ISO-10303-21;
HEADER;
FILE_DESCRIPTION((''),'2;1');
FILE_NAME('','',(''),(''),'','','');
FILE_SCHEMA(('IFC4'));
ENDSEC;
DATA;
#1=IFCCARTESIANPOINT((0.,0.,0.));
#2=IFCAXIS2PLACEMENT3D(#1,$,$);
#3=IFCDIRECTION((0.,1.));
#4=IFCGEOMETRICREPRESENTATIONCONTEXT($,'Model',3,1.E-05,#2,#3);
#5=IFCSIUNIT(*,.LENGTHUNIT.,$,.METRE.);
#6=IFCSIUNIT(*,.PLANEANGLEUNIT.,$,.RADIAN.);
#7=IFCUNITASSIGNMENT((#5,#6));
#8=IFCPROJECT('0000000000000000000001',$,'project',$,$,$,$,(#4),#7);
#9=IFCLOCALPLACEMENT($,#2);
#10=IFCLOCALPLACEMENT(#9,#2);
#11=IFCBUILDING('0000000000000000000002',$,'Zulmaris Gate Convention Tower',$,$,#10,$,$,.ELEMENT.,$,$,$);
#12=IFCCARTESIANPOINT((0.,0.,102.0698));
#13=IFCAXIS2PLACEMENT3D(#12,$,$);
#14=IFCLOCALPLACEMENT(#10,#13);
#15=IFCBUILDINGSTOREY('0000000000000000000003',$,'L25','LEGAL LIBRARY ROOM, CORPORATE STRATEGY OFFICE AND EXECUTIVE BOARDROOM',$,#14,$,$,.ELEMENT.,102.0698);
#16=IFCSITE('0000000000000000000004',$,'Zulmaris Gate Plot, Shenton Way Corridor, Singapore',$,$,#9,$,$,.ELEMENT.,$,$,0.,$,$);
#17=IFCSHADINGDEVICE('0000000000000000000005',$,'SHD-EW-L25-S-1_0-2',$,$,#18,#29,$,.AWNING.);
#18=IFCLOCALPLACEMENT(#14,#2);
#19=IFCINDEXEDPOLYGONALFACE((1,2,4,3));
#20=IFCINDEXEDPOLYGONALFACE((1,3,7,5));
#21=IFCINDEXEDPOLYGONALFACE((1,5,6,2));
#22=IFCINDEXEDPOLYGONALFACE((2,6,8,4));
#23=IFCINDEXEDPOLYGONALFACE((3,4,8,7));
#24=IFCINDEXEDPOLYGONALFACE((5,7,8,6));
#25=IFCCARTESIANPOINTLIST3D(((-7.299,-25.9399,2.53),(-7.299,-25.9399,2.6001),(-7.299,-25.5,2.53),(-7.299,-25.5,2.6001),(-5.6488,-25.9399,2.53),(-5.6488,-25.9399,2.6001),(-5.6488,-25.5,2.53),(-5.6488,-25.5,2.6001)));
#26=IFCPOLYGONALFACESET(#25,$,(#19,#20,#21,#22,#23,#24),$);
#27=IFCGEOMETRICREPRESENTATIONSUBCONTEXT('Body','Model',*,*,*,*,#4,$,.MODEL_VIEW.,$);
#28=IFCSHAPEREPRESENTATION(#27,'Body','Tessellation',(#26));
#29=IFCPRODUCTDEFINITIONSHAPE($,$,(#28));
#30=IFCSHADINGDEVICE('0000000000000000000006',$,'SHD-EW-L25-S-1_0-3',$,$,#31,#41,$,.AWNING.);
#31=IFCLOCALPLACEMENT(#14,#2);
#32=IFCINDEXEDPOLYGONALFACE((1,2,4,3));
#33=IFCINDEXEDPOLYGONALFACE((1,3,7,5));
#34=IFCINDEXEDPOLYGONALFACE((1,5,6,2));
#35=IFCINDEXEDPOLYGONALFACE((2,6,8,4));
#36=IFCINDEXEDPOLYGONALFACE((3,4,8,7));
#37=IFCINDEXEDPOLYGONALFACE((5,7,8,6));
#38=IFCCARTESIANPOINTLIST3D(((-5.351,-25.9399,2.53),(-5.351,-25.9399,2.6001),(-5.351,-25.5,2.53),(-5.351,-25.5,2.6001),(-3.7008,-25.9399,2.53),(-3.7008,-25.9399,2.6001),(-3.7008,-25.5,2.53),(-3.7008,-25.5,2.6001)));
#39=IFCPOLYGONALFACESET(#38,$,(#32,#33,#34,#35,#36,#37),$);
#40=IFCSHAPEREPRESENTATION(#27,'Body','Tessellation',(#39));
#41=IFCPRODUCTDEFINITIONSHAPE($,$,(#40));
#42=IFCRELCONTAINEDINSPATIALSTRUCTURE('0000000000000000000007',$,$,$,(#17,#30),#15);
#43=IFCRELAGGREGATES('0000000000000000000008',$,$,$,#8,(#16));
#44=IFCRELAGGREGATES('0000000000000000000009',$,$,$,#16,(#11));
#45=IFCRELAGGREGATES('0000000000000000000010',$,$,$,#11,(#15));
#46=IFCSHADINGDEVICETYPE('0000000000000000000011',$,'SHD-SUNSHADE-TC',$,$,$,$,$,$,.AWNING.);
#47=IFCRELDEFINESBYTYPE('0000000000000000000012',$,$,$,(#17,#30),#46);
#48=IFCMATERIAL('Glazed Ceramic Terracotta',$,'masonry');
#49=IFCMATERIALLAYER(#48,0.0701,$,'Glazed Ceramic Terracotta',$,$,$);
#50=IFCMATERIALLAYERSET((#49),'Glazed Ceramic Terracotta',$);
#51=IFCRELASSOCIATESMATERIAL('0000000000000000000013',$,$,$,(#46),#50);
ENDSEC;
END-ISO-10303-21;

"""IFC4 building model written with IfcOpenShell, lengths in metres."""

from ifc_helpers import new_model, si_unit, direction, frame, frame_2d, origin, place, context, subcontext, project, spatial, rectangle, extrude, material, layer, layer_set, type_object, element, save


model = new_model("IFC4")

# Units and contexts
model_context = context("Model", 3, precision=1e-05, world=origin(), true_north=direction((0.0, 1.0)))
body_context = subcontext(model_context, "Body", "Model", "MODEL_VIEW")
ifc_project = project(units=[si_unit("LENGTHUNIT", "METRE"), si_unit("PLANEANGLEUNIT", "RADIAN")], contexts=[model_context])

# Site, building, storey
site_placement = place(None, origin())
site = spatial("IfcSite", under=ifc_project, at=site_placement, Name="Zulmaris Gate Plot, Shenton Way Corridor, Singapore", CompositionType="ELEMENT", RefElevation=0.0)
building_placement = place(site_placement, origin())
building = spatial("IfcBuilding", under=site, at=building_placement, Name="Zulmaris Gate Convention Tower", CompositionType="ELEMENT")
storey_placement = place(building_placement, frame((0.0, 0.0, 102.0698)))
storey = spatial("IfcBuildingStorey", under=building, at=storey_placement, Name="L25", Description="LEGAL LIBRARY ROOM, CORPORATE STRATEGY OFFICE AND EXECUTIVE BOARDROOM", CompositionType="ELEMENT", Elevation=102.0698)

# Shading devices
ifc_material_1 = material(Name="Glazed Ceramic Terracotta", Category="masonry")
ifc_layer_1 = layer(ifc_material_1, 0.0701, Name="Glazed Ceramic Terracotta")
ifc_layer_set_1 = layer_set([ifc_layer_1], Name="Glazed Ceramic Terracotta")
shading_device_type = type_object("IfcShadingDeviceType", Name="SHD-SUNSHADE-TC", PredefinedType="AWNING", material=ifc_layer_set_1)
for number, where, z_axis, x_axis, name in (
    (1, (-7.2991, -25.72, 2.53), (0.0, 0.0, 1.0), (1.0, 0.0, 0.0), "SHD-EW-L25-S-1_0-2"),
    (2, (-5.3511, -25.72, 2.53), (0.0, 0.0, 1.0), (1.0, 0.0, 0.0), "SHD-EW-L25-S-1_0-3"),
):
    element("IfcShadingDevice", number, at=place(storey_placement, frame(where, z_axis=z_axis, x_axis=x_axis)), inside=storey, type_object=shading_device_type, Name=name, PredefinedType="AWNING", context=body_context, shape_type="SweptSolid", body=[
        extrude(rectangle(XDim=1.6501, YDim=0.4399, at=frame_2d((0.8252, 0.0))), origin(), (0.0, 0.0, 1.0), 0.0701),
    ])

save(model, "model.ifc")
